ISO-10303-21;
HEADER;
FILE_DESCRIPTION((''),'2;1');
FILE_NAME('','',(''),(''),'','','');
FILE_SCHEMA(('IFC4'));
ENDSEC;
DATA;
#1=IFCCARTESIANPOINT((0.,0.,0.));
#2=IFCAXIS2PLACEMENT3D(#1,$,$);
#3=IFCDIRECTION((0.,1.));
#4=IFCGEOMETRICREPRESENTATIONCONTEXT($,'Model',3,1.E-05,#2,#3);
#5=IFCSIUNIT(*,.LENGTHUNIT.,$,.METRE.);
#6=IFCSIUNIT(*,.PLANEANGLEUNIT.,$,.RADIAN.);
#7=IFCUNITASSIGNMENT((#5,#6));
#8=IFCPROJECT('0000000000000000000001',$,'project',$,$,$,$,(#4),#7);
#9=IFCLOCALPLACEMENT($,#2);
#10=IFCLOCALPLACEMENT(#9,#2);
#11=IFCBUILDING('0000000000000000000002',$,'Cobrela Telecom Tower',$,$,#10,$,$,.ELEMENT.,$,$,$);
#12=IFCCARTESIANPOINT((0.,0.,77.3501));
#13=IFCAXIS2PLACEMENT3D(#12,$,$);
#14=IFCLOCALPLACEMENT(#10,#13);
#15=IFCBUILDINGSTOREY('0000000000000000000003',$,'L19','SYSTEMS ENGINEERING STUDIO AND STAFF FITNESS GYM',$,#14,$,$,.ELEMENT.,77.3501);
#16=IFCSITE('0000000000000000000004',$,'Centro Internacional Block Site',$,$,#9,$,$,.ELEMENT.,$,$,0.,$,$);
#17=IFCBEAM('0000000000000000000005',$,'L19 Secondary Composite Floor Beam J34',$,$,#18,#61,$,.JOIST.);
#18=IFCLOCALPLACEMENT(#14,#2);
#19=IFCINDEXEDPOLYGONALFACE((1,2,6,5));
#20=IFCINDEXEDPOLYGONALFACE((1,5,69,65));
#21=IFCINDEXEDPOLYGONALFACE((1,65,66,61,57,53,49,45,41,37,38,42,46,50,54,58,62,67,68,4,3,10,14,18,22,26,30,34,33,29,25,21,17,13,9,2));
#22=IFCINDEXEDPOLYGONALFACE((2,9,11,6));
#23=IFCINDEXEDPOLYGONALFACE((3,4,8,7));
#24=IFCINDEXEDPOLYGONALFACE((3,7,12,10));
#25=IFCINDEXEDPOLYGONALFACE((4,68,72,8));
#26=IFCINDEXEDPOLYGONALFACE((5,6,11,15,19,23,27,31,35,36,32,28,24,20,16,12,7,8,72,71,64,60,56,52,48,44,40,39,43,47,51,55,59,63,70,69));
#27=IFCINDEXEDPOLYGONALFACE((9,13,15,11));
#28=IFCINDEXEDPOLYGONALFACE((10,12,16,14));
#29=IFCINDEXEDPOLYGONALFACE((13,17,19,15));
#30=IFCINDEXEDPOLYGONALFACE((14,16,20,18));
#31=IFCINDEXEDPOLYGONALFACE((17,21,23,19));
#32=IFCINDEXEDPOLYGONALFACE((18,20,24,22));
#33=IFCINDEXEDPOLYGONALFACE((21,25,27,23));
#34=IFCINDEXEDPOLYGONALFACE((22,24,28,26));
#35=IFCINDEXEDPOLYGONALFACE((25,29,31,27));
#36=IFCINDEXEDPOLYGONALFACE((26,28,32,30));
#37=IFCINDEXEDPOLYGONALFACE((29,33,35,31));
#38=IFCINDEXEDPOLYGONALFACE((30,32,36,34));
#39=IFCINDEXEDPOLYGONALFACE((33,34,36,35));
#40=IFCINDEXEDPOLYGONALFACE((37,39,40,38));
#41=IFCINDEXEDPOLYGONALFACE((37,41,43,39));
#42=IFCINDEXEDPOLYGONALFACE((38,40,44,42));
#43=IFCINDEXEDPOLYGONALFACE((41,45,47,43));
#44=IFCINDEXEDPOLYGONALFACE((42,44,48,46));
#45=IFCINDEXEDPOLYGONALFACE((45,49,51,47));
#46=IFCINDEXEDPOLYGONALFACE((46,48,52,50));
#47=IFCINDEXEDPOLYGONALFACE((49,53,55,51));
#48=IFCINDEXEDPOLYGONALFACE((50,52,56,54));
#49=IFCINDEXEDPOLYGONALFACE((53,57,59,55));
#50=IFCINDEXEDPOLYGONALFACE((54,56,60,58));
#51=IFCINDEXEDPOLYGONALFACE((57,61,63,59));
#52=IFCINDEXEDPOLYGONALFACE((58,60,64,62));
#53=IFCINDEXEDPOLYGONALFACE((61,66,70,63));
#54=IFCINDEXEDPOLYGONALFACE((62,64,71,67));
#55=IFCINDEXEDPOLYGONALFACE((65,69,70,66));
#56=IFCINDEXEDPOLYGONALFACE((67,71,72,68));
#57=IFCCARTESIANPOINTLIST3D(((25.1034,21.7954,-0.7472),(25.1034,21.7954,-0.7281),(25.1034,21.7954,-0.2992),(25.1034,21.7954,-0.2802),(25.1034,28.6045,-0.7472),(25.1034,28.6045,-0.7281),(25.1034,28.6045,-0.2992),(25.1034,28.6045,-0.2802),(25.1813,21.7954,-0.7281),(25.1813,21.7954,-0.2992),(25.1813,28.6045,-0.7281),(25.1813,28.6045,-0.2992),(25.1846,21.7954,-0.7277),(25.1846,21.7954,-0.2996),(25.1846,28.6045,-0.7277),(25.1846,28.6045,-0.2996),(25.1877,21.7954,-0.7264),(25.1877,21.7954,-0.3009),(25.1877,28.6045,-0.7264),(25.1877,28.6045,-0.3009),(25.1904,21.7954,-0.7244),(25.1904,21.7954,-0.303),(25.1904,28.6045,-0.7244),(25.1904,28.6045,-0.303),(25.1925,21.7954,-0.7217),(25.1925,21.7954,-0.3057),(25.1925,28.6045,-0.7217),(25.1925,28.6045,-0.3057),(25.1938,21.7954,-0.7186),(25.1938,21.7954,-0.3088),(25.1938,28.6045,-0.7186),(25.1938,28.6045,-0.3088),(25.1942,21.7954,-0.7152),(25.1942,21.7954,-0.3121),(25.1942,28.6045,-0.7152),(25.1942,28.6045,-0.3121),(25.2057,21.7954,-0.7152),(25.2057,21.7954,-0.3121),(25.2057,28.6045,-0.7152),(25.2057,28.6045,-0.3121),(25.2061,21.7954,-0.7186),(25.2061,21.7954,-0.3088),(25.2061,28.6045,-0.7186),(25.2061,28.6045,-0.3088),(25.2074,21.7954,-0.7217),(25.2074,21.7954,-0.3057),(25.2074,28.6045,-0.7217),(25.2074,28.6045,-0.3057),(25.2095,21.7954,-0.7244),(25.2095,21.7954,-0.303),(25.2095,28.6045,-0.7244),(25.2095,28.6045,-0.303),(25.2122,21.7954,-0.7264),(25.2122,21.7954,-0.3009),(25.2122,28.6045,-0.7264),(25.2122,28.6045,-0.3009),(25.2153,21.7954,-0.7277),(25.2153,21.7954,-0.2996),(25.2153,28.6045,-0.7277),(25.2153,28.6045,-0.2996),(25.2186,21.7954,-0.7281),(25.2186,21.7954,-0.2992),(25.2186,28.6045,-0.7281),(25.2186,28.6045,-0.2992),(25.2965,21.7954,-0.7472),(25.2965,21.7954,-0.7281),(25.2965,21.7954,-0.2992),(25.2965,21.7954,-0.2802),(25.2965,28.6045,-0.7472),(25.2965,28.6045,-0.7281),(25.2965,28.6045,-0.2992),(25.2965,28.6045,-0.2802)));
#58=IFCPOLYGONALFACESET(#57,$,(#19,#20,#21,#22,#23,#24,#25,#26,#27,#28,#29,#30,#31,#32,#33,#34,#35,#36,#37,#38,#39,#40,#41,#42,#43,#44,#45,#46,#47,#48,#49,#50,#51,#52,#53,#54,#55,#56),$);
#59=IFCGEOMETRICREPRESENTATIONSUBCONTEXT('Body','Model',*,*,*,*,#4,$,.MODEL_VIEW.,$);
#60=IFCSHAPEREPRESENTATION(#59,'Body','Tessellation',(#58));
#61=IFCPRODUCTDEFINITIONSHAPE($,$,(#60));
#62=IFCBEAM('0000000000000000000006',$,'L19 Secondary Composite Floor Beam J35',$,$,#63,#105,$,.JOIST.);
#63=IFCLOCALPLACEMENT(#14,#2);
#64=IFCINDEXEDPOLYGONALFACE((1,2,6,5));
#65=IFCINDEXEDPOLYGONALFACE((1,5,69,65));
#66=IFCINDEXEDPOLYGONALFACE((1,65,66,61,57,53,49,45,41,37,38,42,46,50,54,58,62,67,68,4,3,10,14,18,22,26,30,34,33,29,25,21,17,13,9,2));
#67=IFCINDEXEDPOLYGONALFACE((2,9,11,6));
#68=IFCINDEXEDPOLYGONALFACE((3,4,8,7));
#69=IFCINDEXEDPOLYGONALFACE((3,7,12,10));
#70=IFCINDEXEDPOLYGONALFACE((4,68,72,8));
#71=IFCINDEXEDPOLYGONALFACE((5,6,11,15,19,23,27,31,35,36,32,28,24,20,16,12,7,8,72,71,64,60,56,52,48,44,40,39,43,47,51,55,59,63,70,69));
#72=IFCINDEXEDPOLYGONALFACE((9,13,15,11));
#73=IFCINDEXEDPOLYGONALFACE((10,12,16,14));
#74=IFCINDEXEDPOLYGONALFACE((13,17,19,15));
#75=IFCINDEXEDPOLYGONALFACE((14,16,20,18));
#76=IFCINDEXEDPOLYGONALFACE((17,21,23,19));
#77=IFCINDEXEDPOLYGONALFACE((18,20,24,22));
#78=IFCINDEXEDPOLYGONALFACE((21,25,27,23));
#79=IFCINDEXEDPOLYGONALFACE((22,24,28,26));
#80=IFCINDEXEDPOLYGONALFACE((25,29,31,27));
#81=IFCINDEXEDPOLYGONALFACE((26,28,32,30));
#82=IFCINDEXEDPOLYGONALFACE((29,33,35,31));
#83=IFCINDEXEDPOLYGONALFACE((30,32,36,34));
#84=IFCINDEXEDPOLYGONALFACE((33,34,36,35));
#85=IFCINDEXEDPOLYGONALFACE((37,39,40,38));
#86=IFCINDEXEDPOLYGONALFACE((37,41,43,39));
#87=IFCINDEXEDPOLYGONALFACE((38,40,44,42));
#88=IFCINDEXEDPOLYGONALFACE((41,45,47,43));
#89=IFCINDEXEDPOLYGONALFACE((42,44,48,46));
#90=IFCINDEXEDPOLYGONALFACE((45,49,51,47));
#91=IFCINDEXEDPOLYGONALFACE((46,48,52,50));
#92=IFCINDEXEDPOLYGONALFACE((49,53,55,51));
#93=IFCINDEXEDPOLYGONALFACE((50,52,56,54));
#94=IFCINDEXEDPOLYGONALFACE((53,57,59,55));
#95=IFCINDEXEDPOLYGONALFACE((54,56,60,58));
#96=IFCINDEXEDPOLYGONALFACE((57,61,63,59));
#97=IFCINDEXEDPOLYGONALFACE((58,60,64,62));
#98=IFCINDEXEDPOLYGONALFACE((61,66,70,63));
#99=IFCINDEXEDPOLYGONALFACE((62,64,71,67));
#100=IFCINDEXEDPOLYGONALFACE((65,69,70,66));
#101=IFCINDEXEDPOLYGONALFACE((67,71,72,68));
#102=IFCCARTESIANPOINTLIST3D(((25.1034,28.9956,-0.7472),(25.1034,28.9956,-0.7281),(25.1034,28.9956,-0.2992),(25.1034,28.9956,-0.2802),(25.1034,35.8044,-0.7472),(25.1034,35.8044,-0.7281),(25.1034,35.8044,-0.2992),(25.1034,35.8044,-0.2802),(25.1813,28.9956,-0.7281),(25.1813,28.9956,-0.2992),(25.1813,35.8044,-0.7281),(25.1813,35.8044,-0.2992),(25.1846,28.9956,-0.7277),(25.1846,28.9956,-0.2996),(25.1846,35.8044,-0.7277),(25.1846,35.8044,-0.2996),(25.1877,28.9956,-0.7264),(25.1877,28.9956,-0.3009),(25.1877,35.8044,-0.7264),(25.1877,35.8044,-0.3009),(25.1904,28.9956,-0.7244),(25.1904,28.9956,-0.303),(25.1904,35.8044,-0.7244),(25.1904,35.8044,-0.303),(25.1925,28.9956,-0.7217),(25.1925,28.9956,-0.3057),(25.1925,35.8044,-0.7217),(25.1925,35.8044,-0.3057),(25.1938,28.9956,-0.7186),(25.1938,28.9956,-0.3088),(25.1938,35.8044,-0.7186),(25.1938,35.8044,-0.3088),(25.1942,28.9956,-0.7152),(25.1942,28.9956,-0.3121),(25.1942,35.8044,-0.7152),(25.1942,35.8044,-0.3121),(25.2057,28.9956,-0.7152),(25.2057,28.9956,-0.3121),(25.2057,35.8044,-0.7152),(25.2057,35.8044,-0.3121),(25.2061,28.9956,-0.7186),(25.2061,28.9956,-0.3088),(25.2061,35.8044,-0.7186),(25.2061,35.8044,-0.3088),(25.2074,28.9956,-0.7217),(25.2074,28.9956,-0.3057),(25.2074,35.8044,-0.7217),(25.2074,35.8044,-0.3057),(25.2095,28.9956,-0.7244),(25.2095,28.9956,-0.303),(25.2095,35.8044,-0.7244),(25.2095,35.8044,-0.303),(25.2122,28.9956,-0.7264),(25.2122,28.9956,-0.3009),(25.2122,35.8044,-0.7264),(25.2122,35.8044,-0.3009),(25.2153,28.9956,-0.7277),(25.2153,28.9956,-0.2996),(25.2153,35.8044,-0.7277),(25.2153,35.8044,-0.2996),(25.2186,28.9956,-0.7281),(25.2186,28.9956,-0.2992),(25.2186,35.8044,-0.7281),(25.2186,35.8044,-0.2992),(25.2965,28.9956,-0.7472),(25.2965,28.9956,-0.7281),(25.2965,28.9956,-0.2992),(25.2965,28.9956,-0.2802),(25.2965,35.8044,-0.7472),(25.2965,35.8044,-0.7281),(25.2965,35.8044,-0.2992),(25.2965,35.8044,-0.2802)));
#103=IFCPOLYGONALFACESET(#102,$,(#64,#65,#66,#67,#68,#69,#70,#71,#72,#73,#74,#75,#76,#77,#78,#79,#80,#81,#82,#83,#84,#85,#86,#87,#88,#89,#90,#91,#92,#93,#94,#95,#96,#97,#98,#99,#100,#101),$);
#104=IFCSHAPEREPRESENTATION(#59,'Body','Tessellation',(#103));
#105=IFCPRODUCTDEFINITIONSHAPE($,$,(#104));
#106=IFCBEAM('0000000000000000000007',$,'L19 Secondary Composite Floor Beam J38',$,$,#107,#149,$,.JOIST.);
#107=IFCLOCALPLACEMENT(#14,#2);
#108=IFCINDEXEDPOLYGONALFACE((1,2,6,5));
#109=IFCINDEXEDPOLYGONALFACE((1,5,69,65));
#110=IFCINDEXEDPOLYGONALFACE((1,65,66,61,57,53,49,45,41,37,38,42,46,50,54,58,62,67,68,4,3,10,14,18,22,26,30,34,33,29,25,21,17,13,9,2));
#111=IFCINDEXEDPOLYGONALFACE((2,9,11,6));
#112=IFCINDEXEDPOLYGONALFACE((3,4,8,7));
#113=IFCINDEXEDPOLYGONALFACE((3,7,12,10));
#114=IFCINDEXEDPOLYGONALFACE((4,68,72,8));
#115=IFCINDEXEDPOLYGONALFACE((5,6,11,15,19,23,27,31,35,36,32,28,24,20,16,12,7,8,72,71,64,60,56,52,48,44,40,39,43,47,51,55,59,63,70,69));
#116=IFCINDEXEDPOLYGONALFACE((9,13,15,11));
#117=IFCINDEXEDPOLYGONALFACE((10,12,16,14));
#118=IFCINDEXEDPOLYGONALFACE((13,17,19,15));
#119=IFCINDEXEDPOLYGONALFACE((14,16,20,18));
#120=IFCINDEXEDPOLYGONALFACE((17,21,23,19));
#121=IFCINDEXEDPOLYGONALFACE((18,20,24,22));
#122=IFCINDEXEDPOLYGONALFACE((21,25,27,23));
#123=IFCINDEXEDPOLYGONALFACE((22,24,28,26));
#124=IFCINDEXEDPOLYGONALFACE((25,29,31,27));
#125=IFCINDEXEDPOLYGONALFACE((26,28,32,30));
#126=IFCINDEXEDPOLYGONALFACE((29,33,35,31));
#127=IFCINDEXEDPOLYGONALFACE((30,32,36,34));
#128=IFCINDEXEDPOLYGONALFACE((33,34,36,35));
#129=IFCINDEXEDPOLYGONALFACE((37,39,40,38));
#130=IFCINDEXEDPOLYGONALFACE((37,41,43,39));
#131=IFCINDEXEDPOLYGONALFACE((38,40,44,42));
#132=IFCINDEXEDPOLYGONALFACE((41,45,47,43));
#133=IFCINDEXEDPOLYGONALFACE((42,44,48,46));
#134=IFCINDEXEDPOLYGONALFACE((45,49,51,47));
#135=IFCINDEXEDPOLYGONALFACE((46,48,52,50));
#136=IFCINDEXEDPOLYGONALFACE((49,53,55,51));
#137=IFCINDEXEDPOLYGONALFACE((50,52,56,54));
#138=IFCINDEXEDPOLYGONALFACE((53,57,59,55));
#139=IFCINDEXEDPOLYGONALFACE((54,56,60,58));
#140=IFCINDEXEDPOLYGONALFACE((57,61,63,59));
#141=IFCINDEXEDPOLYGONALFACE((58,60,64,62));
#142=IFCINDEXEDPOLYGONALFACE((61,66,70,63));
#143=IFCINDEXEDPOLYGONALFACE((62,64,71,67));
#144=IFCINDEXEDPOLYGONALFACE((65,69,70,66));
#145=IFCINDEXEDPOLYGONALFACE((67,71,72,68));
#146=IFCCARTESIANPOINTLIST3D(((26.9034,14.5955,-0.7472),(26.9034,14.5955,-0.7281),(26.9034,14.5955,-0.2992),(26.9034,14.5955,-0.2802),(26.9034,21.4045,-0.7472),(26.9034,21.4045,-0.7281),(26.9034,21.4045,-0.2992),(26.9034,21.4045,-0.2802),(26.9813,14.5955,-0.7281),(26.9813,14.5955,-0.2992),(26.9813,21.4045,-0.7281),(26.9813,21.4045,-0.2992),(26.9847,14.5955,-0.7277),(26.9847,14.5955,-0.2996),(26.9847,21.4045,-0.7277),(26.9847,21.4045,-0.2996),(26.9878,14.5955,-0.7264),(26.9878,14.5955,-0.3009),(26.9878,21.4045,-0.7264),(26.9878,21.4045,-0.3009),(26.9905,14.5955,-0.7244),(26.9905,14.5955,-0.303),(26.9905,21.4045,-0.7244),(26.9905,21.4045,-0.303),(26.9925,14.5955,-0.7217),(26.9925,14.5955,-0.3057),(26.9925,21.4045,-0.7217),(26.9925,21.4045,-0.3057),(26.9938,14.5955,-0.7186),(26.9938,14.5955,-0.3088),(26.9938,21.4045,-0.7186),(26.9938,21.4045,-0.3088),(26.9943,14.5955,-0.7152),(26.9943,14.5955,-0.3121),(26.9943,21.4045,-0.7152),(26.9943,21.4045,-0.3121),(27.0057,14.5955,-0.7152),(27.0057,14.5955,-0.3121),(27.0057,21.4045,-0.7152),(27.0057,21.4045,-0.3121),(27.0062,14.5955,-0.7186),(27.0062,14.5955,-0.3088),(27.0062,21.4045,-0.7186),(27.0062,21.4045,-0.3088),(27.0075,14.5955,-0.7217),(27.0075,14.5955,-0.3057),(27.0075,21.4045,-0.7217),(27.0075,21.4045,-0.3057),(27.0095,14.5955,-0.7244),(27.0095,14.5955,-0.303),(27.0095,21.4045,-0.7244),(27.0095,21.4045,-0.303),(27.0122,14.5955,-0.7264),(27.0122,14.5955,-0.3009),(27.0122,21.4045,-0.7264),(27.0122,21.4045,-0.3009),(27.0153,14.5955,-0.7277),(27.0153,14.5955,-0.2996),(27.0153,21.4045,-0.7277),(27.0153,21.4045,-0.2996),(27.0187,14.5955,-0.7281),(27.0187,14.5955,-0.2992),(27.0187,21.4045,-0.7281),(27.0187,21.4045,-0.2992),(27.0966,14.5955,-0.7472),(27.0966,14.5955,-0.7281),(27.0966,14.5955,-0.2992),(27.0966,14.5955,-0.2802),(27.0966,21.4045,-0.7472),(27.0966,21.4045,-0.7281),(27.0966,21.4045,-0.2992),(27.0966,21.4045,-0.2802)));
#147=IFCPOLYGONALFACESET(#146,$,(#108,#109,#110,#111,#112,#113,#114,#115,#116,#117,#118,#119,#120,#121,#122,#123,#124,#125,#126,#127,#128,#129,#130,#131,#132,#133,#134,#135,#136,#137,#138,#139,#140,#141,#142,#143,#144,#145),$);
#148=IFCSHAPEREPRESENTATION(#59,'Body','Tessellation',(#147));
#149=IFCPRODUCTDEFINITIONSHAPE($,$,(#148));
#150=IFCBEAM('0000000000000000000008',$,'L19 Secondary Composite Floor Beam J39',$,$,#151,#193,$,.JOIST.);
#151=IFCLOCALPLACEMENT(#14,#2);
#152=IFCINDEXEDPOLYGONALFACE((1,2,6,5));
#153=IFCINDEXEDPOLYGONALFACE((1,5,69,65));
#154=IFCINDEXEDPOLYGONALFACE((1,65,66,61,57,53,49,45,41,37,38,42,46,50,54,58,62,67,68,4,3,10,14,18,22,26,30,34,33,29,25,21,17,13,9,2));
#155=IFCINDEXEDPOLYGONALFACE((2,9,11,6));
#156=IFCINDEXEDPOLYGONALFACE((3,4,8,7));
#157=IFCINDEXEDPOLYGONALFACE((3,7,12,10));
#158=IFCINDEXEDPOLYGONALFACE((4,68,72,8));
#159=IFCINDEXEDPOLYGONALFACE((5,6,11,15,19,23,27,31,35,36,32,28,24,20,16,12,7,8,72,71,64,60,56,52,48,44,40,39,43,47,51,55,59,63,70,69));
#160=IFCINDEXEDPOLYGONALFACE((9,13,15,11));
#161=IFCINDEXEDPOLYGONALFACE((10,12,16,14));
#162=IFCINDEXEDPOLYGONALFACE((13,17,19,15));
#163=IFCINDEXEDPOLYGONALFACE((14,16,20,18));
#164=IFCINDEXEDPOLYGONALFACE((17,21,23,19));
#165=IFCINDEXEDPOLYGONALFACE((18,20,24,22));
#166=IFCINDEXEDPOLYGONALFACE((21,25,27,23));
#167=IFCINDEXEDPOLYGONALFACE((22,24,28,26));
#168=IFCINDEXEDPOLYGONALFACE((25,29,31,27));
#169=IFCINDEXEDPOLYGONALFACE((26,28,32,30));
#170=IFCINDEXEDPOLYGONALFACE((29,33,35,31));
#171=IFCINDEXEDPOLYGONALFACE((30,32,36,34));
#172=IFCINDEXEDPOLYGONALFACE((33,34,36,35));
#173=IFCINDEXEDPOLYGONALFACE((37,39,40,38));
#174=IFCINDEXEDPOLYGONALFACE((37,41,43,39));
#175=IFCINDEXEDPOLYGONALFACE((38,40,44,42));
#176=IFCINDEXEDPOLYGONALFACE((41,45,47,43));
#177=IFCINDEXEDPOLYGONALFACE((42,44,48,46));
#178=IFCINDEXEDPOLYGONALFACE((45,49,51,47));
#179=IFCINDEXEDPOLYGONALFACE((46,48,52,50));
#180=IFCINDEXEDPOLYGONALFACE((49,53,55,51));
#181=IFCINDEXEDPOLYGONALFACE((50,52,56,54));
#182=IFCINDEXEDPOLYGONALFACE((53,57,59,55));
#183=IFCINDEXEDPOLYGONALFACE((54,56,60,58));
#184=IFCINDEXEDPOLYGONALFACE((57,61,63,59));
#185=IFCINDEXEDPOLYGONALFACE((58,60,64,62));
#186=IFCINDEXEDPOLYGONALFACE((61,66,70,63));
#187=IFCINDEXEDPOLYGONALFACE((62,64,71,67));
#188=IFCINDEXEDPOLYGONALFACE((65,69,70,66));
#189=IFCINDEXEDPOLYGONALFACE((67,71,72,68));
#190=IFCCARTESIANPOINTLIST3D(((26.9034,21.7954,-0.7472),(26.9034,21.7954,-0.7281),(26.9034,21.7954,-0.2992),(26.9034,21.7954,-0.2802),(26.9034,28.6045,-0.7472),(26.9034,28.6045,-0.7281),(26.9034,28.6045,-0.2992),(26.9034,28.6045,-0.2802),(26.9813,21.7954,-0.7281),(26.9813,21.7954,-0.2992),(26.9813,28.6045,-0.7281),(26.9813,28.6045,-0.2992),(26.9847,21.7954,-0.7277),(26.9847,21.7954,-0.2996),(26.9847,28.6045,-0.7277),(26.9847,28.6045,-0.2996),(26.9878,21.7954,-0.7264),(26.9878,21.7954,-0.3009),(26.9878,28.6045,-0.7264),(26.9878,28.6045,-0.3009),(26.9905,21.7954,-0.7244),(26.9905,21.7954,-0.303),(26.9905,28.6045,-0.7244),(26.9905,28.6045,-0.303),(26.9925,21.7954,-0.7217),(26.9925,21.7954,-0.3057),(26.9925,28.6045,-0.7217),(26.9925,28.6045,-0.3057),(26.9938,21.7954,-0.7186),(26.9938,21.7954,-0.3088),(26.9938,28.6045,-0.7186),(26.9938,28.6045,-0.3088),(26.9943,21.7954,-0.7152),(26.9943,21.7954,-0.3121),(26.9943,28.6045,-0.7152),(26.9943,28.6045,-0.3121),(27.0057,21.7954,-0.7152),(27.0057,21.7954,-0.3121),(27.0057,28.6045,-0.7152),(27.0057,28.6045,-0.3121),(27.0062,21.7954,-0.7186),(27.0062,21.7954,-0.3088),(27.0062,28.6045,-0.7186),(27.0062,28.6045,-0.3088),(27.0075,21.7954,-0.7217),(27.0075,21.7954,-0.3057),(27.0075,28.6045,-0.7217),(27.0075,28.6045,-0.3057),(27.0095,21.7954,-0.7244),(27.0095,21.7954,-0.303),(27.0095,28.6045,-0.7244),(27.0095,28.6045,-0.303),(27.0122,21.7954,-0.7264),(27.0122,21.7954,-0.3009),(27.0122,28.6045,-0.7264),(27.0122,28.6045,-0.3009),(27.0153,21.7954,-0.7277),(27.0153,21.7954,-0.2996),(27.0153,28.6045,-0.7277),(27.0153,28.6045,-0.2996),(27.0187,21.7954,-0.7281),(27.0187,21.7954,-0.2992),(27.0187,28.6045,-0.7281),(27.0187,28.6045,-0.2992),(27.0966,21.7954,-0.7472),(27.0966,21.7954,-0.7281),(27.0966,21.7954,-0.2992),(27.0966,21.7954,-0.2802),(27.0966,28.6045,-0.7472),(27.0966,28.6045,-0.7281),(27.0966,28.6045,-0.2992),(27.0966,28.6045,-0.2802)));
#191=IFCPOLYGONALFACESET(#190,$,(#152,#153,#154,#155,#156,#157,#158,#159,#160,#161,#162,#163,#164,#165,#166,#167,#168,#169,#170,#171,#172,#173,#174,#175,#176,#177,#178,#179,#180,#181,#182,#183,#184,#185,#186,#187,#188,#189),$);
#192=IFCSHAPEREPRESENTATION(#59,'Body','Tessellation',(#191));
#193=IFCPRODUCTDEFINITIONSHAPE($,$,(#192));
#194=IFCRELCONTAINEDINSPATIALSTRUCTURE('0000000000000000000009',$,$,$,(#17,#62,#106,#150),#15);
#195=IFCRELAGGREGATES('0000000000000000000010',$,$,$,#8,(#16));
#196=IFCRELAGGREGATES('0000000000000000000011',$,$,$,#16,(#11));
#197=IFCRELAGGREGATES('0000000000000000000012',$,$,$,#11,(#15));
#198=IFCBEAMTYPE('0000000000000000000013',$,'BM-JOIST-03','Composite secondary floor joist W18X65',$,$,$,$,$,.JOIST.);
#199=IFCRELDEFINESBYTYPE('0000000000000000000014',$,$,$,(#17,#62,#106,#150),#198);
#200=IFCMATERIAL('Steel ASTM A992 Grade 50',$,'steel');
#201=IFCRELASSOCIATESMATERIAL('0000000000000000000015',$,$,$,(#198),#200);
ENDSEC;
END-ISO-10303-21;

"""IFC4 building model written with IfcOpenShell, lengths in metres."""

from ifc_helpers import new_model, si_unit, direction, frame, origin, origin_2d, place, context, subcontext, project, spatial, i_section, extrude, material, material_profile, profile_set, type_object, element, save


model = new_model("IFC4")

# Units and contexts
model_context = context("Model", 3, precision=1e-05, world=origin(), true_north=direction((0.0, 1.0)))
body_context = subcontext(model_context, "Body", "Model", "MODEL_VIEW")
ifc_project = project(units=[si_unit("LENGTHUNIT", "METRE"), si_unit("PLANEANGLEUNIT", "RADIAN")], contexts=[model_context])

# Site, building, storey
site_placement = place(None, origin())
site = spatial("IfcSite", under=ifc_project, at=site_placement, Name="Centro Internacional Block Site", CompositionType="ELEMENT", RefElevation=0.0)
building_placement = place(site_placement, origin())
building = spatial("IfcBuilding", under=site, at=building_placement, Name="Cobrela Telecom Tower", CompositionType="ELEMENT")
storey_placement = place(building_placement, frame((0.0, 0.0, 77.3501)))
storey = spatial("IfcBuildingStorey", under=building, at=storey_placement, Name="L19", Description="SYSTEMS ENGINEERING STUDIO AND STAFF FITNESS GYM", CompositionType="ELEMENT", Elevation=77.3501)

# Shared definitions
ifc_material_1 = material(Name="Steel ASTM A992 Grade 50", Category="steel")

# Beams
ifc_material_profile_1 = material_profile(ifc_material_1, i_section(OverallWidth=0.1931, OverallDepth=0.467, WebThickness=0.0115, FlangeThickness=0.019, FilletRadius=0.0129, at=origin_2d()), Name="W18X65")
ifc_profile_set_1 = profile_set([ifc_material_profile_1], Name="Steel ASTM A992 Grade 50")
beam_type_1 = type_object("IfcBeamType", Name="BM-JOIST-03", Description="Composite secondary floor joist W18X65", PredefinedType="JOIST", material=ifc_profile_set_1)
for number, where, z_axis, x_axis, name in (
    (1, (25.2, 21.7954, -0.5137), (0.0, 1.0, 0.0), (-1.0, 0.0, 0.0), "L19 Secondary Composite Floor Beam J34"),
):
    element("IfcBeam", number, at=place(storey_placement, frame(where, z_axis=z_axis, x_axis=x_axis)), inside=storey, type_object=beam_type_1, Name=name, PredefinedType="JOIST", context=body_context, shape_type="SweptSolid", body=[
        extrude(i_section(OverallWidth=0.1931, OverallDepth=0.467, WebThickness=0.0115, FlangeThickness=0.019, FilletRadius=0.0129, at=origin_2d()), origin(), (0.0, 0.0, 1.0), 6.8091),
    ])
beam_1_placement = place(storey_placement, frame((25.2, 28.9956, -0.5137), z_axis=(0.0, 1.0, 0.0), x_axis=(-1.0, 0.0, 0.0)))
element("IfcBeam", 2, at=beam_1_placement, inside=storey, type_object=beam_type_1, Name="L19 Secondary Composite Floor Beam J35", PredefinedType="JOIST", context=body_context, shape_type="SweptSolid", body=[
    extrude(i_section(OverallWidth=0.1931, OverallDepth=0.467, WebThickness=0.0115, FlangeThickness=0.019, FilletRadius=0.0129, at=origin_2d()), origin(), (0.0, 0.0, 1.0), 6.8088),
])
for number, where, z_axis, x_axis, name in (
    (3, (27.0, 14.5955, -0.5137), (0.0, 1.0, 0.0), (-1.0, 0.0, 0.0), "L19 Secondary Composite Floor Beam J38"),
    (4, (27.0, 21.7954, -0.5137), (0.0, 1.0, 0.0), (-1.0, 0.0, 0.0), "L19 Secondary Composite Floor Beam J39"),
):
    element("IfcBeam", number, at=place(storey_placement, frame(where, z_axis=z_axis, x_axis=x_axis)), inside=storey, type_object=beam_type_1, Name=name, PredefinedType="JOIST", context=body_context, shape_type="SweptSolid", body=[
        extrude(i_section(OverallWidth=0.1931, OverallDepth=0.467, WebThickness=0.0115, FlangeThickness=0.019, FilletRadius=0.0129, at=origin_2d()), origin(), (0.0, 0.0, 1.0), 6.8091),
    ])

save(model, "model.ifc")
